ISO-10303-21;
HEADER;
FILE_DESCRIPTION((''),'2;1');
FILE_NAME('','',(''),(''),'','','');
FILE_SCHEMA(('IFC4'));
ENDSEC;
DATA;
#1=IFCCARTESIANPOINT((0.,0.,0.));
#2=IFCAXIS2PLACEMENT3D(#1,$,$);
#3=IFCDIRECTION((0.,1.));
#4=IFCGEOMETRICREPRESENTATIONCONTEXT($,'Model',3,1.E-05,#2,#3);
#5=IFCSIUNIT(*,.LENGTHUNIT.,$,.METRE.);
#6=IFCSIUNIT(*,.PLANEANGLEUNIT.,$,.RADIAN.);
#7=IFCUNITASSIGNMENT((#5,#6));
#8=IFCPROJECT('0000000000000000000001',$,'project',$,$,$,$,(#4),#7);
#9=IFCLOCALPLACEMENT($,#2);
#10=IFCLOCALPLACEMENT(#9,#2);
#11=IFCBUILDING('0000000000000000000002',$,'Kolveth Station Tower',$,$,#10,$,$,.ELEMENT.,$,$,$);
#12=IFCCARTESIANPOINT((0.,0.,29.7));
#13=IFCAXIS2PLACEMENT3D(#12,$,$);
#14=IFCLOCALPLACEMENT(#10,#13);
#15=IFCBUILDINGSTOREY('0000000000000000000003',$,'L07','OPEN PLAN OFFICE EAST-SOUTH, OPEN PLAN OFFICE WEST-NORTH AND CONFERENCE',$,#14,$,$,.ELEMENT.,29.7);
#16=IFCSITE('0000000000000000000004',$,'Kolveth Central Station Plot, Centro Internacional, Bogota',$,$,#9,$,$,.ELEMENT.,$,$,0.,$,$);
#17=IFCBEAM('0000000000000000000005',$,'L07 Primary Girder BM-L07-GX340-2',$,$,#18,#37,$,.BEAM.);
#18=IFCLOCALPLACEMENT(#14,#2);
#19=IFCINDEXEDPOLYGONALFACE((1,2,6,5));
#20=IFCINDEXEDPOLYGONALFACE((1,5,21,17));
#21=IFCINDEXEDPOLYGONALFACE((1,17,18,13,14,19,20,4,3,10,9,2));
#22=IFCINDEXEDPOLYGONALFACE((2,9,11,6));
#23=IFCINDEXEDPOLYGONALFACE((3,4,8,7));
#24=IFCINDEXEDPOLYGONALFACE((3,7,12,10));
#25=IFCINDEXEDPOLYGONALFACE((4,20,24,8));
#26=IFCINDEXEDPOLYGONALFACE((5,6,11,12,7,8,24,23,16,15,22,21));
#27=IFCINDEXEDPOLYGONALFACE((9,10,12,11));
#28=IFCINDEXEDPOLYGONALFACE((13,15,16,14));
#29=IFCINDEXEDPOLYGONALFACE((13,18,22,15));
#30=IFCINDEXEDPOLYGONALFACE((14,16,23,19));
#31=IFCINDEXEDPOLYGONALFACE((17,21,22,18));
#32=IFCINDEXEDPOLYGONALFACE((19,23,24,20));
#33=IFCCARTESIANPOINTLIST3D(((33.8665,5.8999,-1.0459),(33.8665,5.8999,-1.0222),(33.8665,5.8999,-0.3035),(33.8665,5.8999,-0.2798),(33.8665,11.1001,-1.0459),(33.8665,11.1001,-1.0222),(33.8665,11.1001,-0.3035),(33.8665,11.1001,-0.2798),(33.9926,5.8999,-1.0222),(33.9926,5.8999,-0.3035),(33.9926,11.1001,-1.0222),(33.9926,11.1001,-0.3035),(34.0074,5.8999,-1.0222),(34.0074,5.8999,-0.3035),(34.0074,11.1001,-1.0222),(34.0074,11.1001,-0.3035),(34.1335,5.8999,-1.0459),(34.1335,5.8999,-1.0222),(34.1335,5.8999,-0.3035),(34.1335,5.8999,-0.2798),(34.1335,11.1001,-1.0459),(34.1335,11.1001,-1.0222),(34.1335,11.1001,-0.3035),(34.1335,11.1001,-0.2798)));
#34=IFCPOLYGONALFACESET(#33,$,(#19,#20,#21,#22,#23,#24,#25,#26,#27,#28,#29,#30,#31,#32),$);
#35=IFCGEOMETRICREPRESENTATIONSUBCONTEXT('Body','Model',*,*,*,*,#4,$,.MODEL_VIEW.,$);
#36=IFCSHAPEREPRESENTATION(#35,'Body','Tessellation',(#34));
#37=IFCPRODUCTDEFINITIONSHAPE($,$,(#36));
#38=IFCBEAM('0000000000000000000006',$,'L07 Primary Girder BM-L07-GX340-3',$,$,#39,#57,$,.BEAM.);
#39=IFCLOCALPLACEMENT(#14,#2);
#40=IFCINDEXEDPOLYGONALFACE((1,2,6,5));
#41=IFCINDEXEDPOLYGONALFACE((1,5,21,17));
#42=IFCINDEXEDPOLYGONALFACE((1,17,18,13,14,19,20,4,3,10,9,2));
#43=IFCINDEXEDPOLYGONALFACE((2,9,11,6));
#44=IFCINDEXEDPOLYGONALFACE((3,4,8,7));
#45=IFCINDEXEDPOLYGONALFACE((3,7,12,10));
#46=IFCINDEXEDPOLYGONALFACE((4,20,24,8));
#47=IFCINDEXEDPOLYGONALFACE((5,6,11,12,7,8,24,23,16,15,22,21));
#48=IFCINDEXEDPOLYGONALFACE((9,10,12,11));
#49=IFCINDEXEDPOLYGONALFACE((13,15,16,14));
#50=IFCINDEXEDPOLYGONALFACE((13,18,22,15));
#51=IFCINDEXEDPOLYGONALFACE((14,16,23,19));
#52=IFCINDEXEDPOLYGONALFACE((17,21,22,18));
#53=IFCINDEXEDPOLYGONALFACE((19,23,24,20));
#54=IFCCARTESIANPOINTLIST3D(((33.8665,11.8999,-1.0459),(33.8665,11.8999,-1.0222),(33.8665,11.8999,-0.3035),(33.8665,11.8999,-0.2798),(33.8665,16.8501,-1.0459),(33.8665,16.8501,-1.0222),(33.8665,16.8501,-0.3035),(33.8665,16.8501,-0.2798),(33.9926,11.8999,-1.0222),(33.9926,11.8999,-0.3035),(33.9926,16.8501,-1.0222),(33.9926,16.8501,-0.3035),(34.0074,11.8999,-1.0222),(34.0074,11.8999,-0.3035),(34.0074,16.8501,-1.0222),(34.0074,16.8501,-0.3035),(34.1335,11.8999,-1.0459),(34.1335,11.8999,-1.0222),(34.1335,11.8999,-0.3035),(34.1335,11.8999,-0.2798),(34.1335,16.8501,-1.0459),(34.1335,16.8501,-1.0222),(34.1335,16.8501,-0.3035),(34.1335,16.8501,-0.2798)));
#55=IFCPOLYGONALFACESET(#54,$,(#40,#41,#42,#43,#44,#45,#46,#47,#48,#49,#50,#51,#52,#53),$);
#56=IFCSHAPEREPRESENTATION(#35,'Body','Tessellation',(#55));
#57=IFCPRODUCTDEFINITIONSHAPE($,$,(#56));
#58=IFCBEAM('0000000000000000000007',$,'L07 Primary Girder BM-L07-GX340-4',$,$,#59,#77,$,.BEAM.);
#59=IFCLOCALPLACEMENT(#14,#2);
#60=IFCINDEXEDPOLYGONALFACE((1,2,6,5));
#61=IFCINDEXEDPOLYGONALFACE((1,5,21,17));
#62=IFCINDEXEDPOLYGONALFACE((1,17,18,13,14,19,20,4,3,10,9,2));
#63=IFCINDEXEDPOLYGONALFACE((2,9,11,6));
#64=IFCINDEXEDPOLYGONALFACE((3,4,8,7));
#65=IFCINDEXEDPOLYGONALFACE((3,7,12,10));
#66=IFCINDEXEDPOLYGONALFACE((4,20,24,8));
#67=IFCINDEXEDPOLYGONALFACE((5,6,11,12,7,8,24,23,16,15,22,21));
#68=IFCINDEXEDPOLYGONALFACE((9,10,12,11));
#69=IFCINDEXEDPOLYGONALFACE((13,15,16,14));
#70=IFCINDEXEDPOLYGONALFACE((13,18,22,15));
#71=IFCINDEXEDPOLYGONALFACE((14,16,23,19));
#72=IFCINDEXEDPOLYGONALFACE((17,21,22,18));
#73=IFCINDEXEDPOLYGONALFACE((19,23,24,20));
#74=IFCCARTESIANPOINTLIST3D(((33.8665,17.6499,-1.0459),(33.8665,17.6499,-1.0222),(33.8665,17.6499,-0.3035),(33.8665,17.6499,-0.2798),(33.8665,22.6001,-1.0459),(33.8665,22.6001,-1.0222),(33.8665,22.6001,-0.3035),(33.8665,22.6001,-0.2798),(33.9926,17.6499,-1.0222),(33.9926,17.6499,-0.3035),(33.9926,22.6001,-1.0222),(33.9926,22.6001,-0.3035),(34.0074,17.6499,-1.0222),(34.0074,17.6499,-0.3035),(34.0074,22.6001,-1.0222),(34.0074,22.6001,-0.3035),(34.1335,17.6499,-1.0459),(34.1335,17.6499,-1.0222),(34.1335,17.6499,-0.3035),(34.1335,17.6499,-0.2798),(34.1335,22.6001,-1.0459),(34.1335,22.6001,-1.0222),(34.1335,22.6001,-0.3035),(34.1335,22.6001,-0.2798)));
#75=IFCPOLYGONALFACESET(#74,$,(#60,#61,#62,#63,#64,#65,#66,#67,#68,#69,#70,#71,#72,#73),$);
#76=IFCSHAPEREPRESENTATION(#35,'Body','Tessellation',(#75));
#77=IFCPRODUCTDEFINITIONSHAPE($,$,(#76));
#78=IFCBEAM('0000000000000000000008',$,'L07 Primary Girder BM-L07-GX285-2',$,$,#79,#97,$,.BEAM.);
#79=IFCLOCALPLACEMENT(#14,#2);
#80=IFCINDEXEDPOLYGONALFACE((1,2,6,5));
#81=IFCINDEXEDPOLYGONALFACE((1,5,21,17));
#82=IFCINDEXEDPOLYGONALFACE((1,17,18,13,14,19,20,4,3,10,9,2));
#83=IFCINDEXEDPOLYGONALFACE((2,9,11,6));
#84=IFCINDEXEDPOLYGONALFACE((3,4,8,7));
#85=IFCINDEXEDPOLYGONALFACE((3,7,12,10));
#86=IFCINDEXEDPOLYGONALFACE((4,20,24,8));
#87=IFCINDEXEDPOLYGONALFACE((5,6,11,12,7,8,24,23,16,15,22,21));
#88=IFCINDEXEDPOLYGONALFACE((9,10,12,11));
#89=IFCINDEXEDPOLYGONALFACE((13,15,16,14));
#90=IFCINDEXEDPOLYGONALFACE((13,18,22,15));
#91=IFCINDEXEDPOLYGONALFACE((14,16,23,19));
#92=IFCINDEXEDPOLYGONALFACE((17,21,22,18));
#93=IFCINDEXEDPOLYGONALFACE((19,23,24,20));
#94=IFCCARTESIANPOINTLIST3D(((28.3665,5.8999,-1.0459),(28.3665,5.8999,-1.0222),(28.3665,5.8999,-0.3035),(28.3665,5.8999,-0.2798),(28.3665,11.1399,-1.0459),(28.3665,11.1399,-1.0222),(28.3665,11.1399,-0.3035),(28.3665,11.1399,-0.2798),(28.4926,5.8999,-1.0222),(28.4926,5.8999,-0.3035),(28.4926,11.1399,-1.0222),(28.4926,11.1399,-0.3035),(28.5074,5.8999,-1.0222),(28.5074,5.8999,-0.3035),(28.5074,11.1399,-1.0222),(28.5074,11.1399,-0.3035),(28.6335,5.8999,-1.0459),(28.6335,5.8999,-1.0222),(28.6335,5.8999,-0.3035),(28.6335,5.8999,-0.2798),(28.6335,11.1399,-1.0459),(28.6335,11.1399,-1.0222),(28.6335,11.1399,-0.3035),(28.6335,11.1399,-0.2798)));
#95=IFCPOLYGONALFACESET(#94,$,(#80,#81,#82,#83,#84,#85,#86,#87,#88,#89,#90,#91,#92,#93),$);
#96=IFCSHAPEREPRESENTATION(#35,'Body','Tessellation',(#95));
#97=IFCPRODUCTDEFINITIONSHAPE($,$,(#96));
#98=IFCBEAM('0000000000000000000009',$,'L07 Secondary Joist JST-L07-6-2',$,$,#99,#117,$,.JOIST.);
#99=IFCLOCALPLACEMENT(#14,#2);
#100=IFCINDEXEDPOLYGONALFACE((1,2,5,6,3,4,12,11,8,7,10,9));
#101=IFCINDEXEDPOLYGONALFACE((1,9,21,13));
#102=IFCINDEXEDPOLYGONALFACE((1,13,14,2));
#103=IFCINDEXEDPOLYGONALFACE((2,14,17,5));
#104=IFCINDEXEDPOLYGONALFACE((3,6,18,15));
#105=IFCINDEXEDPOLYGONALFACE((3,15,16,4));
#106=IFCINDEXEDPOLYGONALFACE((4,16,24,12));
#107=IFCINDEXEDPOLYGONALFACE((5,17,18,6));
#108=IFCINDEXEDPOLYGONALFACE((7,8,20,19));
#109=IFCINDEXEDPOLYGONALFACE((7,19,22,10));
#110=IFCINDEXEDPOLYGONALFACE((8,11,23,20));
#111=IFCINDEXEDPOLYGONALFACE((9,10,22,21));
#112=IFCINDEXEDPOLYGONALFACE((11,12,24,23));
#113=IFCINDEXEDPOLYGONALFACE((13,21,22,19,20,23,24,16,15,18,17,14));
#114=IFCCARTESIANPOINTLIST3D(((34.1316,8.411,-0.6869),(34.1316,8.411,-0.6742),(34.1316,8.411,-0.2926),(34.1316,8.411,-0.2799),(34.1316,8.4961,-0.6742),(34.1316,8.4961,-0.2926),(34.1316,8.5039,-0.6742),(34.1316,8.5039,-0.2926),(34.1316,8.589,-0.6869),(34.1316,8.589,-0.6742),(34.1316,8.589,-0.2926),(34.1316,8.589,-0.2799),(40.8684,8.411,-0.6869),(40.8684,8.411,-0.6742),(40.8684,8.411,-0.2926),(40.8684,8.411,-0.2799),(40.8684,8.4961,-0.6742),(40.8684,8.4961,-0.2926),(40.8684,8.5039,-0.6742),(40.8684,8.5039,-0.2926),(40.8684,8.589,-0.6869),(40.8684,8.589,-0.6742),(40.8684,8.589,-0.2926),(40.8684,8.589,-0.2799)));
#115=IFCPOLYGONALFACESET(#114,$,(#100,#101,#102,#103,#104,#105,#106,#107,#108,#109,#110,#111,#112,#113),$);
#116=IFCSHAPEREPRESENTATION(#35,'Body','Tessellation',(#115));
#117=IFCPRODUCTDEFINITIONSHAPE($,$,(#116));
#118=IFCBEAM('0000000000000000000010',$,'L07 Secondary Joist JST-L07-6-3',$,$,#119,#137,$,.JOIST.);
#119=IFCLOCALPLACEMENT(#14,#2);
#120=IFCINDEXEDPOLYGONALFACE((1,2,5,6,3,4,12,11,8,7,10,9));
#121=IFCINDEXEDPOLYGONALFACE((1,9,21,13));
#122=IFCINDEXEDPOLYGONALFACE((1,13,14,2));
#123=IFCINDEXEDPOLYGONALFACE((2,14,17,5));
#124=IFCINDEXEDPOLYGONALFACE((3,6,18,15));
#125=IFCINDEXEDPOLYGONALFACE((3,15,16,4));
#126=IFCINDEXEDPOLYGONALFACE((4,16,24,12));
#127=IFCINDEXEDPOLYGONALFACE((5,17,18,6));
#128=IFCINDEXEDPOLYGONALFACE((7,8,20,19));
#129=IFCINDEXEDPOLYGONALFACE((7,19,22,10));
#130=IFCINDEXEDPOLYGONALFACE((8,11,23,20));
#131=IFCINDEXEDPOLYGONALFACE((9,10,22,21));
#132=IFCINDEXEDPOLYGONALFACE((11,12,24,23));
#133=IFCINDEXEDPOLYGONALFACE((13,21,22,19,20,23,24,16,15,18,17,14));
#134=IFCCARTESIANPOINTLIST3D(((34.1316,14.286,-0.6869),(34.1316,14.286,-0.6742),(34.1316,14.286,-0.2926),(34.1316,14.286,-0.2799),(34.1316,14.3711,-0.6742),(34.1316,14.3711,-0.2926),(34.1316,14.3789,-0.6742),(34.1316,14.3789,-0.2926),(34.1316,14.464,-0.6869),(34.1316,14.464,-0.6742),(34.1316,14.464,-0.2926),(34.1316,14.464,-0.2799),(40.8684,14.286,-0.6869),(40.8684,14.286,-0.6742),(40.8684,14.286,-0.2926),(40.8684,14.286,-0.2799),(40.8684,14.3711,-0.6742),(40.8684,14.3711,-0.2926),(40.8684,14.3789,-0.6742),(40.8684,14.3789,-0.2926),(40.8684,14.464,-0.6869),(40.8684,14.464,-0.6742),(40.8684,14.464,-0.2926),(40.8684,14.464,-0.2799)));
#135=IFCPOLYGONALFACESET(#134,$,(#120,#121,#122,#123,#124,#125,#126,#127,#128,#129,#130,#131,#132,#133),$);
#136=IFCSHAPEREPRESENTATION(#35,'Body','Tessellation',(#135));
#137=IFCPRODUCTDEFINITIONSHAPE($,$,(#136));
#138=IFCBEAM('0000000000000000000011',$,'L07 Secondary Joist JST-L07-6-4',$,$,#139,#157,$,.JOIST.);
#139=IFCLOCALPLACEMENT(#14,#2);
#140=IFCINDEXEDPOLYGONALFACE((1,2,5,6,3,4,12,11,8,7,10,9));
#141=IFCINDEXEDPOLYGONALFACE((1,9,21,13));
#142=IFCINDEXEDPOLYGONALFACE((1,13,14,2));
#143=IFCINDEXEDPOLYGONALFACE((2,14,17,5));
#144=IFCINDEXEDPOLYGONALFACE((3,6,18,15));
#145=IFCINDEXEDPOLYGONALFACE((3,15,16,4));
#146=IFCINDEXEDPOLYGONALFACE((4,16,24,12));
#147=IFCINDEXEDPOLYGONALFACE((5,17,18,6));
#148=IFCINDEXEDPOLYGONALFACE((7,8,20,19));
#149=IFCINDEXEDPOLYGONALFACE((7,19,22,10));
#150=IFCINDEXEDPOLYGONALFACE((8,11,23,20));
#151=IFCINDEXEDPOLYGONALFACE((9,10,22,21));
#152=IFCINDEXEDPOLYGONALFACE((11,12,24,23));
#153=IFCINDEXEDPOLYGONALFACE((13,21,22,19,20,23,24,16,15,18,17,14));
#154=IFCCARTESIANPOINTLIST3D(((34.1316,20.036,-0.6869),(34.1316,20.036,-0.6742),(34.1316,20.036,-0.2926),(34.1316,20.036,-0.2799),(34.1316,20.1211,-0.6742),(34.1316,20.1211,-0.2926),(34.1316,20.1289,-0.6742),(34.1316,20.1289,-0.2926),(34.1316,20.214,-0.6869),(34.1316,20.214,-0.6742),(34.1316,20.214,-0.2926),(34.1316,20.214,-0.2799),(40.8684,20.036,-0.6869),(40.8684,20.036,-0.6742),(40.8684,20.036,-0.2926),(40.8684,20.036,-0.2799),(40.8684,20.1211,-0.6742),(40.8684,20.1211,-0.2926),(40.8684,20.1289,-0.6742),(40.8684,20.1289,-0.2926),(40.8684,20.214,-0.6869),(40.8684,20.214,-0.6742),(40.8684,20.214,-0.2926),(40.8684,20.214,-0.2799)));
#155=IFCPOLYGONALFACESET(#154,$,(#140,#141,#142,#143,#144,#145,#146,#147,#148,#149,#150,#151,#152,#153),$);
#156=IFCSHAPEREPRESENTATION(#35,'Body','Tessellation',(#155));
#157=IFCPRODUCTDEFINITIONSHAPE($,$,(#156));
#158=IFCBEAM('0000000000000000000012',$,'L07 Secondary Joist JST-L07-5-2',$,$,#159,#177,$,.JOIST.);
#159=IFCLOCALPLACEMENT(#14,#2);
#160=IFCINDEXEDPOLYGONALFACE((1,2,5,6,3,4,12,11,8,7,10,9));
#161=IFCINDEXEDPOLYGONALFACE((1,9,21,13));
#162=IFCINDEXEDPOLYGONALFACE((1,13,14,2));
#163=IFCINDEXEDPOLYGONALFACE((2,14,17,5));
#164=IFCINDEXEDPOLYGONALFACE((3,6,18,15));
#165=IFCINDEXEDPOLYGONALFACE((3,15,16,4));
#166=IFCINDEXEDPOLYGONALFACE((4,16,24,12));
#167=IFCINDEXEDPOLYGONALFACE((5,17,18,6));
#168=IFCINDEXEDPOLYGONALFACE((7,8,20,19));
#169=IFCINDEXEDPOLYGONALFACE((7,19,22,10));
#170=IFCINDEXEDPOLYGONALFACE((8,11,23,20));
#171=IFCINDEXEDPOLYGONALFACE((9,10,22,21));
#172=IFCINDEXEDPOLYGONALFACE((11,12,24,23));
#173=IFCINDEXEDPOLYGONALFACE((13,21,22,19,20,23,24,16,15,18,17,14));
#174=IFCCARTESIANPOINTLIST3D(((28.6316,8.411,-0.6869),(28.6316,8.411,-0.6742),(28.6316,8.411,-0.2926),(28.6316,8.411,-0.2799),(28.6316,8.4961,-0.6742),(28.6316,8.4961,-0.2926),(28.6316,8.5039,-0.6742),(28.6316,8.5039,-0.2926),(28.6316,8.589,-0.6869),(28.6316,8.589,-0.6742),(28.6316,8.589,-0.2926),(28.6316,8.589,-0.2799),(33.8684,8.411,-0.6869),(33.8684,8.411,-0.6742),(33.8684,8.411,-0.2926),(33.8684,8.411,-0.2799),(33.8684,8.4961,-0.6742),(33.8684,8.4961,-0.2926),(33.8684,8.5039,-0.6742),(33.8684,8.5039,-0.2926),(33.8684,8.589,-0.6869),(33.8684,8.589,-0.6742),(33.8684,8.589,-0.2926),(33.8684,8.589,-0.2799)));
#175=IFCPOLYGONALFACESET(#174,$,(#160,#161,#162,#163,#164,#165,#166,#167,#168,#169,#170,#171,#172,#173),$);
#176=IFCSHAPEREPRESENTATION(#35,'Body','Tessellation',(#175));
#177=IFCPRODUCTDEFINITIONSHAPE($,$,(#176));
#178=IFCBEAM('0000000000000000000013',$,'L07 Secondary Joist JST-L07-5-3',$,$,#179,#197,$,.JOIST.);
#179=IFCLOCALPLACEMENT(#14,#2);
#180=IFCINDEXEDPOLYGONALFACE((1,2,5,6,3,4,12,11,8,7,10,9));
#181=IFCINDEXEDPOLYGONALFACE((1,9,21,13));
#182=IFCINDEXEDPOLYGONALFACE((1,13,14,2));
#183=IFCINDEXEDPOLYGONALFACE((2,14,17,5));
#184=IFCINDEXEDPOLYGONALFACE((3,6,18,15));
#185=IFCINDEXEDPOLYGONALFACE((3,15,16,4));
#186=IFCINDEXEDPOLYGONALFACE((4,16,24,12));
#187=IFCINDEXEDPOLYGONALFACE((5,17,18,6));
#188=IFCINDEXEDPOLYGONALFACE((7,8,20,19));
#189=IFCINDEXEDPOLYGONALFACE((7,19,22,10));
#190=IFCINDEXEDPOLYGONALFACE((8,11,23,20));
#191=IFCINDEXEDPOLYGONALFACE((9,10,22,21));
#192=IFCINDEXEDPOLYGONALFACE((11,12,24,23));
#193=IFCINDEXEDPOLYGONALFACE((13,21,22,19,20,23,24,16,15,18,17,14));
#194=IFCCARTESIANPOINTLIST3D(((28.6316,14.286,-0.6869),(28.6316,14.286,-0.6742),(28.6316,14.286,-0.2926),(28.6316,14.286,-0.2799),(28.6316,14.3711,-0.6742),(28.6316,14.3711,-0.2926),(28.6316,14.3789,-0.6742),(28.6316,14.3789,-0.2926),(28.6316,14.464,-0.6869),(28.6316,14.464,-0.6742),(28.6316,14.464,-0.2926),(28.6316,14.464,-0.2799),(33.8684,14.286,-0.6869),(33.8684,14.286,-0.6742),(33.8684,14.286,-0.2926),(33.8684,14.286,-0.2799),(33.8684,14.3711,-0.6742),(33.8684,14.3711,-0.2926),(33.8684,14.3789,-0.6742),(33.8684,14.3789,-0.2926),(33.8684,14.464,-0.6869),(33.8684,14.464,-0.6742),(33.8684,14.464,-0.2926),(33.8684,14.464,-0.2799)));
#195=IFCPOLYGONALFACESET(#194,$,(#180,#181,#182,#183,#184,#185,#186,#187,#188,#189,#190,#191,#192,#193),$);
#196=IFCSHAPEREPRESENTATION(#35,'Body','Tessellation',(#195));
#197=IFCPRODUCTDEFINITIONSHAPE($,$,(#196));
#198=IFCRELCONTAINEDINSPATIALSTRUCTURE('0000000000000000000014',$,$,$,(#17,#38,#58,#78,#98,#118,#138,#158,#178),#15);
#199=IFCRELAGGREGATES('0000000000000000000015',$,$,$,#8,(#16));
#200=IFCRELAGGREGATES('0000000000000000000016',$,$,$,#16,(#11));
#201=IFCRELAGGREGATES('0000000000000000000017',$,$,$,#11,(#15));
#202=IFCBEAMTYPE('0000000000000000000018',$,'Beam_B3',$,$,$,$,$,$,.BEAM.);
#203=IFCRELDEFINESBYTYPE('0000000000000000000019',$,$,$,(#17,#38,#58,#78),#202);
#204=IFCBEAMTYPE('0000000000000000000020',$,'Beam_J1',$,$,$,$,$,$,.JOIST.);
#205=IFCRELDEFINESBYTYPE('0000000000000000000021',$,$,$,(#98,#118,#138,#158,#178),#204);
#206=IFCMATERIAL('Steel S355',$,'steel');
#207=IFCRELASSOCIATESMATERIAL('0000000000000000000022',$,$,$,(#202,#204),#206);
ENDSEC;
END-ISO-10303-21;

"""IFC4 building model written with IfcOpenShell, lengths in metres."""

from ifc_helpers import new_model, si_unit, direction, frame, origin, origin_2d, place, context, subcontext, project, spatial, i_section, extrude, source, transform, mapped, material, material_profile, profile_set, type_object, element, save


model = new_model("IFC4")

# Units and contexts
model_context = context("Model", 3, precision=1e-05, world=origin(), true_north=direction((0.0, 1.0)))
body_context = subcontext(model_context, "Body", "Model", "MODEL_VIEW")
ifc_project = project(units=[si_unit("LENGTHUNIT", "METRE"), si_unit("PLANEANGLEUNIT", "RADIAN")], contexts=[model_context])

# Site, building, storey
site_placement = place(None, origin())
site = spatial("IfcSite", under=ifc_project, at=site_placement, Name="Kolveth Central Station Plot, Centro Internacional, Bogota", CompositionType="ELEMENT", RefElevation=0.0)
building_placement = place(site_placement, origin())
building = spatial("IfcBuilding", under=site, at=building_placement, Name="Kolveth Station Tower", CompositionType="ELEMENT")
storey_placement = place(building_placement, frame((0.0, 0.0, 29.7)))
storey = spatial("IfcBuildingStorey", under=building, at=storey_placement, Name="L07", Description="OPEN PLAN OFFICE EAST-SOUTH, OPEN PLAN OFFICE WEST-NORTH AND CONFERENCE", CompositionType="ELEMENT", Elevation=29.7)

# Beams
ifc_material_1 = material(Name="Steel S355", Category="steel")
ifc_material_profile_1 = material_profile(ifc_material_1, i_section(OverallWidth=0.2671, OverallDepth=0.7661, WebThickness=0.0149, FlangeThickness=0.0237, at=origin_2d()), Name="W760x185")
ifc_profile_set_1 = profile_set([ifc_material_profile_1], Name="Steel S355")
beam_type_1 = type_object("IfcBeamType", Name="Beam_B3", PredefinedType="BEAM", material=ifc_profile_set_1)
shared_shape_1 = source(origin(), body_context, "Body", "SweptSolid", [
    extrude(i_section(OverallWidth=0.2671, OverallDepth=0.7661, WebThickness=0.0149, FlangeThickness=0.0237, at=origin_2d()), origin(), (0.0, 0.0, 1.0), 5.2002),
])
beam_1_placement = place(storey_placement, frame((34.0, 5.8999, -0.6628), z_axis=(0.0, 1.0, 0.0), x_axis=(-1.0, 0.0, 0.0)))
element("IfcBeam", 1, at=beam_1_placement, inside=storey, type_object=beam_type_1, Name="L07 Primary Girder BM-L07-GX340-2", PredefinedType="BEAM", context=body_context, shape_type="MappedRepresentation", body=[
    mapped(shared_shape_1, transform((0.0, 0.0, 0.0), x_axis=(1.0, 0.0, 0.0), y_axis=(0.0, 1.0, 0.0), z_axis=(0.0, 0.0, 1.0), scale=1.0)),
])
shared_shape_2 = source(origin(), body_context, "Body", "SweptSolid", [
    extrude(i_section(OverallWidth=0.2671, OverallDepth=0.7661, WebThickness=0.0149, FlangeThickness=0.0237, at=origin_2d()), origin(), (0.0, 0.0, 1.0), 4.9502),
])
for number, where, z_axis, x_axis, name in (
    (2, (34.0, 11.8999, -0.6628), (0.0, 1.0, 0.0), (-1.0, 0.0, 0.0), "L07 Primary Girder BM-L07-GX340-3"),
    (3, (34.0, 17.6499, -0.6628), (0.0, 1.0, 0.0), (-1.0, 0.0, 0.0), "L07 Primary Girder BM-L07-GX340-4"),
):
    element("IfcBeam", number, at=place(storey_placement, frame(where, z_axis=z_axis, x_axis=x_axis)), inside=storey, type_object=beam_type_1, Name=name, PredefinedType="BEAM", context=body_context, shape_type="MappedRepresentation", body=[
        mapped(shared_shape_2, transform((0.0, 0.0, 0.0), x_axis=(1.0, 0.0, 0.0), y_axis=(0.0, 1.0, 0.0), z_axis=(0.0, 0.0, 1.0), scale=1.0)),
    ])
shared_shape_3 = source(origin(), body_context, "Body", "SweptSolid", [
    extrude(i_section(OverallWidth=0.2671, OverallDepth=0.7661, WebThickness=0.0149, FlangeThickness=0.0237, at=origin_2d()), origin(), (0.0, 0.0, 1.0), 5.24),
])
beam_2_placement = place(storey_placement, frame((28.5, 5.8999, -0.6628), z_axis=(0.0, 1.0, 0.0), x_axis=(-1.0, 0.0, 0.0)))
element("IfcBeam", 4, at=beam_2_placement, inside=storey, type_object=beam_type_1, Name="L07 Primary Girder BM-L07-GX285-2", PredefinedType="BEAM", context=body_context, shape_type="MappedRepresentation", body=[
    mapped(shared_shape_3, transform((0.0, 0.0, 0.0), x_axis=(1.0, 0.0, 0.0), y_axis=(0.0, 1.0, 0.0), z_axis=(0.0, 0.0, 1.0), scale=1.0)),
])
ifc_material_profile_2 = material_profile(ifc_material_1, i_section(OverallWidth=0.178, OverallDepth=0.407, WebThickness=0.0078, FlangeThickness=0.0127, at=origin_2d()), Name="W410x60")
ifc_profile_set_2 = profile_set([ifc_material_profile_2], Name="Steel S355")
beam_type_2 = type_object("IfcBeamType", Name="Beam_J1", PredefinedType="JOIST", material=ifc_profile_set_2)
shared_shape_4 = source(origin(), body_context, "Body", "SweptSolid", [
    extrude(i_section(OverallWidth=0.178, OverallDepth=0.407, WebThickness=0.0078, FlangeThickness=0.0127, at=origin_2d()), origin(), (0.0, 0.0, 1.0), 6.7368),
])
for number, where, z_axis, x_axis, name in (
    (5, (34.1316, 8.5, -0.4834), (1.0, 0.0, 0.0), (0.0, 1.0, 0.0), "L07 Secondary Joist JST-L07-6-2"),
    (6, (34.1316, 14.375, -0.4834), (1.0, 0.0, 0.0), (0.0, 1.0, 0.0), "L07 Secondary Joist JST-L07-6-3"),
    (7, (34.1316, 20.125, -0.4834), (1.0, 0.0, 0.0), (0.0, 1.0, 0.0), "L07 Secondary Joist JST-L07-6-4"),
):
    element("IfcBeam", number, at=place(storey_placement, frame(where, z_axis=z_axis, x_axis=x_axis)), inside=storey, type_object=beam_type_2, Name=name, PredefinedType="JOIST", context=body_context, shape_type="MappedRepresentation", body=[
        mapped(shared_shape_4, transform((0.0, 0.0, 0.0), x_axis=(1.0, 0.0, 0.0), y_axis=(0.0, 1.0, 0.0), z_axis=(0.0, 0.0, 1.0), scale=1.0)),
    ])
shared_shape_5 = source(origin(), body_context, "Body", "SweptSolid", [
    extrude(i_section(OverallWidth=0.178, OverallDepth=0.407, WebThickness=0.0078, FlangeThickness=0.0127, at=origin_2d()), origin(), (0.0, 0.0, 1.0), 5.2368),
])
for number, where, z_axis, x_axis, name in (
    (8, (28.6316, 8.5, -0.4834), (1.0, 0.0, 0.0), (0.0, 1.0, 0.0), "L07 Secondary Joist JST-L07-5-2"),
    (9, (28.6316, 14.375, -0.4834), (1.0, 0.0, 0.0), (0.0, 1.0, 0.0), "L07 Secondary Joist JST-L07-5-3"),
):
    element("IfcBeam", number, at=place(storey_placement, frame(where, z_axis=z_axis, x_axis=x_axis)), inside=storey, type_object=beam_type_2, Name=name, PredefinedType="JOIST", context=body_context, shape_type="MappedRepresentation", body=[
        mapped(shared_shape_5, transform((0.0, 0.0, 0.0), x_axis=(1.0, 0.0, 0.0), y_axis=(0.0, 1.0, 0.0), z_axis=(0.0, 0.0, 1.0), scale=1.0)),
    ])

save(model, "model.ifc")
